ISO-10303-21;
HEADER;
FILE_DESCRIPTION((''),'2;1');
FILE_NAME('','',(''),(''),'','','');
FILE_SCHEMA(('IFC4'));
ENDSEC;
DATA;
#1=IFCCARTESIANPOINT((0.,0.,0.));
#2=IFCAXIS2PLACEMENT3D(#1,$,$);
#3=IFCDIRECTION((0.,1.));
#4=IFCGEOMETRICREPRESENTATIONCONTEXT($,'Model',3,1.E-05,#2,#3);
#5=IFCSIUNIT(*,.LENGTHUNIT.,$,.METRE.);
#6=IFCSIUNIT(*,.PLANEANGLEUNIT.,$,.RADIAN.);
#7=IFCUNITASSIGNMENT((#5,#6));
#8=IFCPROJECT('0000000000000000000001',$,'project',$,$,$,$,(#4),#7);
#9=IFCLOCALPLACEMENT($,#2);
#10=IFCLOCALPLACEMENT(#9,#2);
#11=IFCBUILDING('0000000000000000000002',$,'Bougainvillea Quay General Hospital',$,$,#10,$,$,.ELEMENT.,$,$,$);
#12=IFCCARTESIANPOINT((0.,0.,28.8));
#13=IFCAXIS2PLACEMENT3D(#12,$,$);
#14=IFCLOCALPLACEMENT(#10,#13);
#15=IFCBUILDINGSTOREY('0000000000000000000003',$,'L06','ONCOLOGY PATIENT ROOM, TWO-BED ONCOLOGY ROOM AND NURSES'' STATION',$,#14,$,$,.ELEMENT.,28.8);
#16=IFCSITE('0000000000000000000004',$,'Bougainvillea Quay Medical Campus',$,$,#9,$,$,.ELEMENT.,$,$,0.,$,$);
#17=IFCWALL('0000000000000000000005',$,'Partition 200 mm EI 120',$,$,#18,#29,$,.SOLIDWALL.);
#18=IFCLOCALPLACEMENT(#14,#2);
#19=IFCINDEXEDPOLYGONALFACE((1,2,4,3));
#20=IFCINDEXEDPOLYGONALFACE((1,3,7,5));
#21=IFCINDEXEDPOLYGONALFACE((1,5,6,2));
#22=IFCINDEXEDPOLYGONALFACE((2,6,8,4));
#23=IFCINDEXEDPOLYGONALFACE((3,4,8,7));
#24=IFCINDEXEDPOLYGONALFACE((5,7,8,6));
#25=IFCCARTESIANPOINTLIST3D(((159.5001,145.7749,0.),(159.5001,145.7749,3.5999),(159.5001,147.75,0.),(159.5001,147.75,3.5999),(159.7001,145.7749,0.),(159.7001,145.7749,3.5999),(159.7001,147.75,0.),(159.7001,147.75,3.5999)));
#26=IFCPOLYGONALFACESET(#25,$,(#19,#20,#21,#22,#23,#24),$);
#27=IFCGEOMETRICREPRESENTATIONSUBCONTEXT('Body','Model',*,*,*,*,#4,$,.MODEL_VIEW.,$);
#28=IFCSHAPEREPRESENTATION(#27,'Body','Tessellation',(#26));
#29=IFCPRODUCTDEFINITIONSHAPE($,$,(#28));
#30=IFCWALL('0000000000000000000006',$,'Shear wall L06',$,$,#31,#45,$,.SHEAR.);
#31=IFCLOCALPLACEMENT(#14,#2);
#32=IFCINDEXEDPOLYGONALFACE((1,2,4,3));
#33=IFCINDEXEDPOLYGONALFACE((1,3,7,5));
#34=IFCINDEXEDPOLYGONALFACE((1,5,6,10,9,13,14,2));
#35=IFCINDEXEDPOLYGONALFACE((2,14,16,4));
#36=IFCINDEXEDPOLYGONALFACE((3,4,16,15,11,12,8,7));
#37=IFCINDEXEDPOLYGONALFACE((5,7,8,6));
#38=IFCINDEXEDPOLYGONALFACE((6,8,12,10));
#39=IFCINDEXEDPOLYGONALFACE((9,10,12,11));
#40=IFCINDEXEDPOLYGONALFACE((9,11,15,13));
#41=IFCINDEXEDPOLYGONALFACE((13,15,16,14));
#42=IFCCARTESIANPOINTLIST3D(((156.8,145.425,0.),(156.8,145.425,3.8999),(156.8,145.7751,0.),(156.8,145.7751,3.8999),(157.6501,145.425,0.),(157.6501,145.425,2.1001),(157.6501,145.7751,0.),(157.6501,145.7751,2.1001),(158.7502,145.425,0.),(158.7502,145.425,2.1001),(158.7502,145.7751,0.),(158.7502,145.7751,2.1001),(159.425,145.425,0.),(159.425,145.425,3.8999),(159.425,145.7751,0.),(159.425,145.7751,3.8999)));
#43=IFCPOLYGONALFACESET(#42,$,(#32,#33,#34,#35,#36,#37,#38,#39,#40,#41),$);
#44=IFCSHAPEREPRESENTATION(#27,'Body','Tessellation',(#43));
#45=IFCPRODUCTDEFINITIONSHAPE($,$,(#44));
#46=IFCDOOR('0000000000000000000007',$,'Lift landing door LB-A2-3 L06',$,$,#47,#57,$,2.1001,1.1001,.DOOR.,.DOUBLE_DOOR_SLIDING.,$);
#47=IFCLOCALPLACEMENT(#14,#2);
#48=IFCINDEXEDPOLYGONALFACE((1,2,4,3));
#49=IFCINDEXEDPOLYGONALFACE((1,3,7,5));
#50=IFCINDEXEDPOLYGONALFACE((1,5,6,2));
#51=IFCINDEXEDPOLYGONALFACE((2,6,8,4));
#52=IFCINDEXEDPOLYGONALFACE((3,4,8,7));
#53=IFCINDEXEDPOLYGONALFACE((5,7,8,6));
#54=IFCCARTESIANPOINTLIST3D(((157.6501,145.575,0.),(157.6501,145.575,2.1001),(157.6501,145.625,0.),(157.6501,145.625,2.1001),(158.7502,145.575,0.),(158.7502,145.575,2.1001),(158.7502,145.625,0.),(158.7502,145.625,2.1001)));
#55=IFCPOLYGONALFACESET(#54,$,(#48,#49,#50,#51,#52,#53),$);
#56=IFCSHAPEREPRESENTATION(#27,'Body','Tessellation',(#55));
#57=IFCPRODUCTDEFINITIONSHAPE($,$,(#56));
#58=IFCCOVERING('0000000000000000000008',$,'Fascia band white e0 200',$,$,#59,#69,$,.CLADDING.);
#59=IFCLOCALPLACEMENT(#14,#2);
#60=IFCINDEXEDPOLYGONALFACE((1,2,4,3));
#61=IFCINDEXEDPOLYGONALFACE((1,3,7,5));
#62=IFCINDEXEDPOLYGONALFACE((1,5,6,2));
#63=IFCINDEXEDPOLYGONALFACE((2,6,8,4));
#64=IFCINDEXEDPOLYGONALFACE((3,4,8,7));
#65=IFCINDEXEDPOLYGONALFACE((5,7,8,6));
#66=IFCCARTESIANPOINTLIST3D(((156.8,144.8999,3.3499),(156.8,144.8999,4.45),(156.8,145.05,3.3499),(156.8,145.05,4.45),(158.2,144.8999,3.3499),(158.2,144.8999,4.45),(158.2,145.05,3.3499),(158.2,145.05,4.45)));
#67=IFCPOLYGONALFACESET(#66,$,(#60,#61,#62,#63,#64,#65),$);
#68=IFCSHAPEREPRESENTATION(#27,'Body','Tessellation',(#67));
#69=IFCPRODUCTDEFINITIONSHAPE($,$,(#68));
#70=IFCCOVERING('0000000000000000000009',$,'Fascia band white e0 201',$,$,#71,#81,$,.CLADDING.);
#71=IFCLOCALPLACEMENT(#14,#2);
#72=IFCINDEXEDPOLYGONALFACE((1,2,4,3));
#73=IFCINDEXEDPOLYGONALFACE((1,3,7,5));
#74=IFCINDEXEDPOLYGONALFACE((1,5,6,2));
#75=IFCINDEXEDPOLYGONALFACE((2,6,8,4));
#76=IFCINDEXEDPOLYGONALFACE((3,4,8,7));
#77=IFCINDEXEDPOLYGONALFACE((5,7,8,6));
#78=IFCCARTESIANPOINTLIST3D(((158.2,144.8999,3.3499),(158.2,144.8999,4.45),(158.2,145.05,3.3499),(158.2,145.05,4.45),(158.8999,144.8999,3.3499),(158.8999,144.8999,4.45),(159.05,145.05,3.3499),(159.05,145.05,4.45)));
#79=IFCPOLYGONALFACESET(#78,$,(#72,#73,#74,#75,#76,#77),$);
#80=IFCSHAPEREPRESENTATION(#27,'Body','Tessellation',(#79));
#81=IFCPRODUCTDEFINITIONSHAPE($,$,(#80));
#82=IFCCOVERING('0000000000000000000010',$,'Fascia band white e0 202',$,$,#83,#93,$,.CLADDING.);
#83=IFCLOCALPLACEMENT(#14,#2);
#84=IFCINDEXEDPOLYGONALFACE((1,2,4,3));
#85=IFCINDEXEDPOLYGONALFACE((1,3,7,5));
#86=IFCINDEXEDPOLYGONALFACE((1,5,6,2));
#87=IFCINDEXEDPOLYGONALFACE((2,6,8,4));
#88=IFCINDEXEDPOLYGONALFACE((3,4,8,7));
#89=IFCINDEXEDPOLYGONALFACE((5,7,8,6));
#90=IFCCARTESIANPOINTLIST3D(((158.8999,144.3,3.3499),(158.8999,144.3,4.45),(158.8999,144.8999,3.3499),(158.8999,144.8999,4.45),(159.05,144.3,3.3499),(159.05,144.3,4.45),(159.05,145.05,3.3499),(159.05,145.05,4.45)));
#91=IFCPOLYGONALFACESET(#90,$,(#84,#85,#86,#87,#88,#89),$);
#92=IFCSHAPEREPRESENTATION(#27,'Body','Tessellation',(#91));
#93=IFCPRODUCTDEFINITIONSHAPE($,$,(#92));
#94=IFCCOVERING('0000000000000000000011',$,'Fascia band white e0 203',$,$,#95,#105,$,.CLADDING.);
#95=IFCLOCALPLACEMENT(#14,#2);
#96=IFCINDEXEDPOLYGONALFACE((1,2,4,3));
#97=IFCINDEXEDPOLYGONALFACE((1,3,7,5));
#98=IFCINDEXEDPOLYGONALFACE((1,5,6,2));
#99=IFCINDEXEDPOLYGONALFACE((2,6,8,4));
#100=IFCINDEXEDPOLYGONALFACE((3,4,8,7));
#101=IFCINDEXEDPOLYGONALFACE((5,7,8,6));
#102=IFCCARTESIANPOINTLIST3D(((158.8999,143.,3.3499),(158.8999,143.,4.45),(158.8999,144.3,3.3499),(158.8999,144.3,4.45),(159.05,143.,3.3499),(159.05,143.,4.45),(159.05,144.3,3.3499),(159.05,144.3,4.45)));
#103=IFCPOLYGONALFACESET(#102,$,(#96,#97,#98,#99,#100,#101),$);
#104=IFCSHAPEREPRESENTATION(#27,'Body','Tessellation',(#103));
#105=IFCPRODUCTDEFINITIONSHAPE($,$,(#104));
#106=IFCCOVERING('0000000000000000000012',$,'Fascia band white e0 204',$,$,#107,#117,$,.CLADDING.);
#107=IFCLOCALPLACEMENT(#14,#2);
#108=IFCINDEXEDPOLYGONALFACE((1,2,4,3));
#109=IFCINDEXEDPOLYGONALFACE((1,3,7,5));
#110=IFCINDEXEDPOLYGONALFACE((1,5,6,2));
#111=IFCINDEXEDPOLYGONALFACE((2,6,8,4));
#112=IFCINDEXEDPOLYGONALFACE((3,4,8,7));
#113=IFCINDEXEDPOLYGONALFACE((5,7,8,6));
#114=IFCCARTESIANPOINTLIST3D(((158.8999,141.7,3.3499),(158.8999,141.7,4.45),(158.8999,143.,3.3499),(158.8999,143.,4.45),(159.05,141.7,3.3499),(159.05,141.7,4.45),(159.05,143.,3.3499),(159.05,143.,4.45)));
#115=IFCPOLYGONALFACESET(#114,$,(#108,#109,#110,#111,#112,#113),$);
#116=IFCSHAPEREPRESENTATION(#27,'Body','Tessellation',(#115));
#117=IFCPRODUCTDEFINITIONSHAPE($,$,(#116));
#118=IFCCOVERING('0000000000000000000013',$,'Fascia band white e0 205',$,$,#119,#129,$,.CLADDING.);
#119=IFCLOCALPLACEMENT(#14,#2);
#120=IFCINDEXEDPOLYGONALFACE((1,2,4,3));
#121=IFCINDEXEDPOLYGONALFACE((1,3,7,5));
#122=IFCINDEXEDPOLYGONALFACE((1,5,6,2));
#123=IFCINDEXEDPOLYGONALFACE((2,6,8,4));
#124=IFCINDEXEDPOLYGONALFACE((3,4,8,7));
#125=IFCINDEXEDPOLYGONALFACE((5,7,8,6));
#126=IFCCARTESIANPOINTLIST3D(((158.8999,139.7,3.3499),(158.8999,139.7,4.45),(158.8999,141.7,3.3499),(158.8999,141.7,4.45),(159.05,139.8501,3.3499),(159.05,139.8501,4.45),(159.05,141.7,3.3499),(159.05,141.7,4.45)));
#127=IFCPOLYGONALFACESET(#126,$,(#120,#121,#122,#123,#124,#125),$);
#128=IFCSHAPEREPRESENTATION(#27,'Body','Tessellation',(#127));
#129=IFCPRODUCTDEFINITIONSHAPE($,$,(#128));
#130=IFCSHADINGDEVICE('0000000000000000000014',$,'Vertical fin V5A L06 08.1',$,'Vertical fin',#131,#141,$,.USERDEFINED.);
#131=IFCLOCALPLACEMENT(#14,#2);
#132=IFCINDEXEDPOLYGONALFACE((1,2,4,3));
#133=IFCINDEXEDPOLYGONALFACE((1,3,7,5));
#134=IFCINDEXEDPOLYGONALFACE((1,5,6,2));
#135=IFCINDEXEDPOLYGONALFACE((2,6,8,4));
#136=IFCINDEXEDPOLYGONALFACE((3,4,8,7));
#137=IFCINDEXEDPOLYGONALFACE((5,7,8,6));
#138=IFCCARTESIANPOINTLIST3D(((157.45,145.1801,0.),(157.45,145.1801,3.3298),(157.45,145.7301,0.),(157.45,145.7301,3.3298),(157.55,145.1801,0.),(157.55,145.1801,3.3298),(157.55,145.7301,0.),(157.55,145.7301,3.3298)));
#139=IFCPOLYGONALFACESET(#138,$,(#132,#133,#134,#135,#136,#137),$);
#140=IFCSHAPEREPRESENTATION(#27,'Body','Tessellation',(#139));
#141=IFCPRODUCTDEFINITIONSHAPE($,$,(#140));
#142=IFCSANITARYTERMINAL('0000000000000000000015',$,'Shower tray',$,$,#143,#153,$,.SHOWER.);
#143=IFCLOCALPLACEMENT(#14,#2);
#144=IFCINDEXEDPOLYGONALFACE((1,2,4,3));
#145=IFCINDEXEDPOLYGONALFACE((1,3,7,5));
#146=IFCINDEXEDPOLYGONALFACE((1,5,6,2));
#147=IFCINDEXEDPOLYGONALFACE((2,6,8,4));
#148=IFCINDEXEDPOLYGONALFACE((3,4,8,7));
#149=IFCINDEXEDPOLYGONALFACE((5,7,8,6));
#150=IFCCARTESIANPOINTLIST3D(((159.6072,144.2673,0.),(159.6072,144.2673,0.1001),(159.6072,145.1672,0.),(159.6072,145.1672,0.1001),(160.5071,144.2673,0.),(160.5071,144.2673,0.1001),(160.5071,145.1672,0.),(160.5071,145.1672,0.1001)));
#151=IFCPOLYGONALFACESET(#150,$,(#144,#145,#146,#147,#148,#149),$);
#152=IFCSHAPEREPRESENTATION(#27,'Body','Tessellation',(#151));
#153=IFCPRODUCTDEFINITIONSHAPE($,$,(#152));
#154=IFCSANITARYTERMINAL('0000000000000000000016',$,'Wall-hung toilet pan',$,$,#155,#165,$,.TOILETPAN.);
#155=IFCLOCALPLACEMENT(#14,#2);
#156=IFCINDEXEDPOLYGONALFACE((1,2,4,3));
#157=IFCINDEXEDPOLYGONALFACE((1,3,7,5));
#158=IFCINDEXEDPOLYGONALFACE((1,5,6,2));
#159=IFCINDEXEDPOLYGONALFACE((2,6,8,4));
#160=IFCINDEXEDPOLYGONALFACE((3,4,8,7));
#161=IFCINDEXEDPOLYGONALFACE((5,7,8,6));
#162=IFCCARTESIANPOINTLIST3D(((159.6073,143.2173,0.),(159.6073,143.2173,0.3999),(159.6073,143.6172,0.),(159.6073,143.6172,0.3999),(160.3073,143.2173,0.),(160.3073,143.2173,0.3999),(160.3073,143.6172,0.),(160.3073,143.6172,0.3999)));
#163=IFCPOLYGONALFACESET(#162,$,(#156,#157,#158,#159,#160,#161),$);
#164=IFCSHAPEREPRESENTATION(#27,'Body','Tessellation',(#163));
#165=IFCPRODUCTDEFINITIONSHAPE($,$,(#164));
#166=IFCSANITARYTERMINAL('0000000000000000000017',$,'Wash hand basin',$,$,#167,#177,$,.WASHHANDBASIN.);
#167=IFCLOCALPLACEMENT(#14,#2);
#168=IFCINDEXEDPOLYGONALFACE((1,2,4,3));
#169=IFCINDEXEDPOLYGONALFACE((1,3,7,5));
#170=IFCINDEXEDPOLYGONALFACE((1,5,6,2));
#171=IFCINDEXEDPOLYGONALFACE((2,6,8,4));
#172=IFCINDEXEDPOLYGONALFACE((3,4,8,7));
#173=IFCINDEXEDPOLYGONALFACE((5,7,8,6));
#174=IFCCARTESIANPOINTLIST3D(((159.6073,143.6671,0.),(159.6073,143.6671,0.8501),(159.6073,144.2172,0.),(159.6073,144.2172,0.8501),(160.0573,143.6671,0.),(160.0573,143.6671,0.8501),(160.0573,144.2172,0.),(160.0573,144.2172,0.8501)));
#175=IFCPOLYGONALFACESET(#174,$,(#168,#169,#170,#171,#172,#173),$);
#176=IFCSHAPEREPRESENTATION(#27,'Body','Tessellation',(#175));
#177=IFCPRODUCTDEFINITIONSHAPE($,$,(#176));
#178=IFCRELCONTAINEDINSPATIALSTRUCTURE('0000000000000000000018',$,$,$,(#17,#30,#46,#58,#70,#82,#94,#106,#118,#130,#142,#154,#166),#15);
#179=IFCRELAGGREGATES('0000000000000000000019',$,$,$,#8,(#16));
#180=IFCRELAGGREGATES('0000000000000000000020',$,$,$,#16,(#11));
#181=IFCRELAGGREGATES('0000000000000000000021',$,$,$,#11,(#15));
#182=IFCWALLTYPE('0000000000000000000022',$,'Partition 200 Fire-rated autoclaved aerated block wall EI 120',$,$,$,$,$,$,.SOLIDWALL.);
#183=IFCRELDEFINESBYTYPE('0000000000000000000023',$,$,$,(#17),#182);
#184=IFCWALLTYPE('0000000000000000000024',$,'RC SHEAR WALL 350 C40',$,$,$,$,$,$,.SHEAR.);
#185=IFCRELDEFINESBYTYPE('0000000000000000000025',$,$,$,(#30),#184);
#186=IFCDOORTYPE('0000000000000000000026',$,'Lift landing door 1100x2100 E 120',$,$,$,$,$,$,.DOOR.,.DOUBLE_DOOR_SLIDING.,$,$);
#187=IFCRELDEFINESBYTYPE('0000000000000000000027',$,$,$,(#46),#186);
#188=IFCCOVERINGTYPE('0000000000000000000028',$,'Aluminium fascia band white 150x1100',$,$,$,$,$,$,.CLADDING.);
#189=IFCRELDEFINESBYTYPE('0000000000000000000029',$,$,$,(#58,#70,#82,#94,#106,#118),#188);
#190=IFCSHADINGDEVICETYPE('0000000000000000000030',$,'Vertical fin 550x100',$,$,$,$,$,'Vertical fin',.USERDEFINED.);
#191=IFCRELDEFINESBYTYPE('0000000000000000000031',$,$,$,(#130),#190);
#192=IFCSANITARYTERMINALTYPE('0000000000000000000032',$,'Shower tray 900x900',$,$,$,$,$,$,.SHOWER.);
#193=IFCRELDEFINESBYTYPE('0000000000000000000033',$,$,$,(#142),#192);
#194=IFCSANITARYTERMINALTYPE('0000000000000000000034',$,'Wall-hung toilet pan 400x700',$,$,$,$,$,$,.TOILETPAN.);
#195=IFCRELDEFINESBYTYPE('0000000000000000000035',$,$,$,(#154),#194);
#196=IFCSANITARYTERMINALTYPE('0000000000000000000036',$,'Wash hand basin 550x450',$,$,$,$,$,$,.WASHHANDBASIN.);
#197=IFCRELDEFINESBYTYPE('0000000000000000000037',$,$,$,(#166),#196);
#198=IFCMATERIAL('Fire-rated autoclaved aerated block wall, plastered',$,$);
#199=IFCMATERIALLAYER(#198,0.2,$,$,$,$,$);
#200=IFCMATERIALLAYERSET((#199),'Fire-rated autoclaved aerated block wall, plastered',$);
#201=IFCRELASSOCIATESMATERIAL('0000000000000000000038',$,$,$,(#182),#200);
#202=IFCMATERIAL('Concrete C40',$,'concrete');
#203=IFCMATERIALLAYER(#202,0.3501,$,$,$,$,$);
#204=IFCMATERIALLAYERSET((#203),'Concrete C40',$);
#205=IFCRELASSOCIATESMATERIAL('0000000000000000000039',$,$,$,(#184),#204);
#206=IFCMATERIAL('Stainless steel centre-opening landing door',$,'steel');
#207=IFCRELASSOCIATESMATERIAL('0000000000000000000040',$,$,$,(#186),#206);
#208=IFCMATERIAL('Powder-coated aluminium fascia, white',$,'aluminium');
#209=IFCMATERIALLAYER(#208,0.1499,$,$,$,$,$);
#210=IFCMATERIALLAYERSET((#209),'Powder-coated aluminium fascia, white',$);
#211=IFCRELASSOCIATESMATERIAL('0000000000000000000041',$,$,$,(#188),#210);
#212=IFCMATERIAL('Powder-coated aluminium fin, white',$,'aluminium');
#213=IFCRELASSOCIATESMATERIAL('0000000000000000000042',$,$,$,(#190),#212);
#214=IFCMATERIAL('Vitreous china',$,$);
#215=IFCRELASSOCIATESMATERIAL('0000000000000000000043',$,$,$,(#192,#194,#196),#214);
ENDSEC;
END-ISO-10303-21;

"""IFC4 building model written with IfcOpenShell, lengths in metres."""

from ifc_helpers import new_model, si_unit, direction, frame, frame_2d, origin, origin_2d, place, context, subcontext, project, spatial, polyline, rectangle, outline, extrude, material, layer, layer_set, material_profile, profile_set, type_object, element, fill, save


model = new_model("IFC4")

# Units and contexts
model_context = context("Model", 3, precision=1e-05, world=origin(), true_north=direction((0.0, 1.0)))
body_context = subcontext(model_context, "Body", "Model", "MODEL_VIEW")
ifc_project = project(units=[si_unit("LENGTHUNIT", "METRE"), si_unit("PLANEANGLEUNIT", "RADIAN")], contexts=[model_context])

# Site, building, storey
site_placement = place(None, origin())
site = spatial("IfcSite", under=ifc_project, at=site_placement, Name="Bougainvillea Quay Medical Campus", CompositionType="ELEMENT", RefElevation=0.0)
building_placement = place(site_placement, origin())
building = spatial("IfcBuilding", under=site, at=building_placement, Name="Bougainvillea Quay General Hospital", CompositionType="ELEMENT")
storey_placement = place(building_placement, frame((0.0, 0.0, 28.8)))
storey = spatial("IfcBuildingStorey", under=building, at=storey_placement, Name="L06", Description="ONCOLOGY PATIENT ROOM, TWO-BED ONCOLOGY ROOM AND NURSES' STATION", CompositionType="ELEMENT", Elevation=28.8)

# Wall
ifc_material_1 = material(Name="Fire-rated autoclaved aerated block wall, plastered")
ifc_layer_1 = layer(ifc_material_1, 0.2)
ifc_layer_set_1 = layer_set([ifc_layer_1], Name="Fire-rated autoclaved aerated block wall, plastered")
wall_type_1 = type_object("IfcWallType", Name="Partition 200 Fire-rated autoclaved aerated block wall EI 120", PredefinedType="SOLIDWALL", material=ifc_layer_set_1)
wall_1_placement = place(storey_placement, frame((159.6001, 145.7749, 0.0), z_axis=(0.0, 0.0, 1.0), x_axis=(0.0, 1.0, 0.0)))
element("IfcWall", 1, at=wall_1_placement, inside=storey, type_object=wall_type_1, Name="Partition 200 mm EI 120", PredefinedType="SOLIDWALL", context=body_context, shape_type="SweptSolid", body=[
    extrude(rectangle(XDim=1.9751, YDim=0.2, at=frame_2d((0.9875, 0.0))), origin(), (0.0, 0.0, 1.0), 3.5999),
])

# Wall, opening, door
ifc_material_2 = material(Name="Concrete C40", Category="concrete")
ifc_layer_2 = layer(ifc_material_2, 0.3501)
ifc_layer_set_2 = layer_set([ifc_layer_2], Name="Concrete C40")
wall_type_2 = type_object("IfcWallType", Name="RC SHEAR WALL 350 C40", PredefinedType="SHEAR", material=ifc_layer_set_2)
wall_2_placement = place(storey_placement, frame((156.8, 145.6001, 0.0), z_axis=(0.0, 0.0, 1.0), x_axis=(1.0, 0.0, 0.0)))
wall_2 = element("IfcWall", 2, at=wall_2_placement, inside=storey, type_object=wall_type_2, Name="Shear wall L06", PredefinedType="SHEAR", context=body_context, shape_type="SweptSolid", body=[
    extrude(rectangle(XDim=2.625, YDim=0.3501, at=frame_2d((1.3125, 0.0))), origin(), (0.0, 0.0, 1.0), 3.8999),
])
opening_1_placement = place(wall_2_placement, frame((0.8501, 0.0, 0.0)))
opening_1 = element("IfcOpeningElement", 3, at=opening_1_placement, cuts=wall_2, PredefinedType="OPENING", context=body_context, shape_type="SweptSolid", body=[
    extrude(rectangle(XDim=1.1001, YDim=2.1001, at=frame_2d((0.55, 1.05))), frame((0.0, 0.1851, 0.0), z_axis=(0.0, -1.0, 0.0), x_axis=(1.0, 0.0, 0.0)), (0.0, 0.0, 1.0), 0.3701),
])
ifc_material_3 = material(Name="Stainless steel centre-opening landing door", Category="steel")
door_type_1 = type_object("IfcDoorType", Name="Lift landing door 1100x2100 E 120", OperationType="DOUBLE_DOOR_SLIDING", PredefinedType="DOOR", material=ifc_material_3)
door_1_placement = place(opening_1_placement, origin())
door_1 = element("IfcDoor", 4, at=door_1_placement, inside=storey, type_object=door_type_1, Name="Lift landing door LB-A2-3 L06", OperationType="DOUBLE_DOOR_SLIDING", OverallHeight=2.1001, OverallWidth=1.1001, PredefinedType="DOOR", context=body_context, shape_type="SweptSolid", body=[
    extrude(rectangle(XDim=1.1001, YDim=2.1001, at=frame_2d((0.55, 1.05))), frame((0.0, 0.0249, 0.0), z_axis=(0.0, -1.0, 0.0), x_axis=(1.0, 0.0, 0.0)), (0.0, 0.0, 1.0), 0.05),
])
fill(opening_1, door_1)

# Coverings
ifc_material_4 = material(Name="Powder-coated aluminium fascia, white", Category="aluminium")
ifc_layer_3 = layer(ifc_material_4, 0.1499)
ifc_layer_set_3 = layer_set([ifc_layer_3], Name="Powder-coated aluminium fascia, white")
covering_type = type_object("IfcCoveringType", Name="Aluminium fascia band white 150x1100", PredefinedType="CLADDING", material=ifc_layer_set_3)
covering_1_placement = place(storey_placement, frame((156.8, 145.05, 3.3499), z_axis=(0.0, 0.0, 1.0), x_axis=(1.0, 0.0, 0.0)))
element("IfcCovering", 5, at=covering_1_placement, inside=storey, type_object=covering_type, Name="Fascia band white e0 200", PredefinedType="CLADDING", context=body_context, shape_type="SweptSolid", body=[
    extrude(outline(polyline([(0.0, 0.0), (1.3999, 0.0), (1.3999, -0.1501), (0.0, -0.1501), (0.0, 0.0)])), origin(), (0.0, 0.0, 1.0), 1.1001),
])
covering_2_placement = place(storey_placement, frame((158.2, 145.05, 3.3499), z_axis=(0.0, 0.0, 1.0), x_axis=(1.0, 0.0, 0.0)))
element("IfcCovering", 6, at=covering_2_placement, inside=storey, type_object=covering_type, Name="Fascia band white e0 201", PredefinedType="CLADDING", context=body_context, shape_type="SweptSolid", body=[
    extrude(outline(polyline([(0.0, 0.0), (0.8501, 0.0), (0.7, -0.1501), (0.0, -0.1501), (0.0, 0.0)])), origin(), (0.0, 0.0, 1.0), 1.1001),
])
covering_3_placement = place(storey_placement, frame((159.05, 145.05, 3.3499), z_axis=(0.0, 0.0, 1.0), x_axis=(0.0, -1.0, 0.0)))
element("IfcCovering", 7, at=covering_3_placement, inside=storey, type_object=covering_type, Name="Fascia band white e0 202", PredefinedType="CLADDING", context=body_context, shape_type="SweptSolid", body=[
    extrude(outline(polyline([(0.0, 0.0), (0.75, 0.0), (0.75, -0.1501), (0.1501, -0.1501), (0.0, 0.0)])), origin(), (0.0, 0.0, 1.0), 1.1001),
])
for number, where, z_axis, x_axis, name in (
    (8, (159.05, 144.3, 3.3499), (0.0, 0.0, 1.0), (0.0, -1.0, 0.0), "Fascia band white e0 203"),
    (9, (159.05, 143.0, 3.3499), (0.0, 0.0, 1.0), (0.0, -1.0, 0.0), "Fascia band white e0 204"),
):
    element("IfcCovering", number, at=place(storey_placement, frame(where, z_axis=z_axis, x_axis=x_axis)), inside=storey, type_object=covering_type, Name=name, PredefinedType="CLADDING", context=body_context, shape_type="SweptSolid", body=[
        extrude(outline(polyline([(0.0, 0.0), (1.3, 0.0), (1.3, -0.1501), (0.0, -0.1501), (0.0, 0.0)])), origin(), (0.0, 0.0, 1.0), 1.1001),
    ])
covering_4_placement = place(storey_placement, frame((159.05, 141.7, 3.3499), z_axis=(0.0, 0.0, 1.0), x_axis=(0.0, -1.0, 0.0)))
element("IfcCovering", 10, at=covering_4_placement, inside=storey, type_object=covering_type, Name="Fascia band white e0 205", PredefinedType="CLADDING", context=body_context, shape_type="SweptSolid", body=[
    extrude(outline(polyline([(0.0, 0.0), (1.8499, 0.0), (2.0, -0.1501), (0.0, -0.1501), (0.0, 0.0)])), origin(), (0.0, 0.0, 1.0), 1.1001),
])

# Shading device
ifc_material_5 = material(Name="Powder-coated aluminium fin, white", Category="aluminium")
ifc_material_profile_1 = material_profile(ifc_material_5, rectangle(XDim=0.55, YDim=0.1001, at=origin_2d()))
ifc_profile_set_1 = profile_set([ifc_material_profile_1], Name="Powder-coated aluminium fin, white")
shading_device_type = type_object("IfcShadingDeviceType", Name="Vertical fin 550x100", ElementType="Vertical fin", PredefinedType="USERDEFINED", material=ifc_profile_set_1)
shading_device_placement = place(storey_placement, frame((157.5, 145.4551, 0.0), z_axis=(0.0, 0.0, 1.0), x_axis=(0.0, -1.0, 0.0)))
element("IfcShadingDevice", 11, at=shading_device_placement, inside=storey, type_object=shading_device_type, Name="Vertical fin V5A L06 08.1", ObjectType="Vertical fin", PredefinedType="USERDEFINED", context=body_context, shape_type="SweptSolid", body=[
    extrude(rectangle(XDim=0.55, YDim=0.1001, at=origin_2d()), origin(), (0.0, 0.0, 1.0), 3.3298),
])

# Sanitary terminals
ifc_material_6 = material(Name="Vitreous china")
sanitary_terminal_type_1 = type_object("IfcSanitaryTerminalType", Name="Shower tray 900x900", PredefinedType="SHOWER", material=ifc_material_6)
sanitary_terminal_1_placement = place(storey_placement, frame((160.0571, 144.7173, 0.0), z_axis=(0.0, 0.0, 1.0), x_axis=(0.0, 1.0, 0.0)))
element("IfcSanitaryTerminal", 12, at=sanitary_terminal_1_placement, inside=storey, type_object=sanitary_terminal_type_1, Name="Shower tray", PredefinedType="SHOWER", context=body_context, shape_type="SweptSolid", body=[
    extrude(rectangle(XDim=0.8999, YDim=0.8999, at=origin_2d()), origin(), (0.0, 0.0, 1.0), 0.1001),
])
sanitary_terminal_type_2 = type_object("IfcSanitaryTerminalType", Name="Wall-hung toilet pan 400x700", PredefinedType="TOILETPAN", material=ifc_material_6)
sanitary_terminal_2_placement = place(storey_placement, frame((159.9573, 143.4172, 0.0), z_axis=(0.0, 0.0, 1.0), x_axis=(0.0, 1.0, 0.0)))
element("IfcSanitaryTerminal", 13, at=sanitary_terminal_2_placement, inside=storey, type_object=sanitary_terminal_type_2, Name="Wall-hung toilet pan", PredefinedType="TOILETPAN", context=body_context, shape_type="SweptSolid", body=[
    extrude(rectangle(XDim=0.3999, YDim=0.7, at=origin_2d()), origin(), (0.0, 0.0, 1.0), 0.3999),
])
sanitary_terminal_type_3 = type_object("IfcSanitaryTerminalType", Name="Wash hand basin 550x450", PredefinedType="WASHHANDBASIN", material=ifc_material_6)
sanitary_terminal_3_placement = place(storey_placement, frame((159.8323, 143.9421, 0.0), z_axis=(0.0, 0.0, 1.0), x_axis=(0.0, 1.0, 0.0)))
element("IfcSanitaryTerminal", 14, at=sanitary_terminal_3_placement, inside=storey, type_object=sanitary_terminal_type_3, Name="Wash hand basin", PredefinedType="WASHHANDBASIN", context=body_context, shape_type="SweptSolid", body=[
    extrude(rectangle(XDim=0.55, YDim=0.45, at=origin_2d()), origin(), (0.0, 0.0, 1.0), 0.8501),
])

save(model, "model.ifc")
